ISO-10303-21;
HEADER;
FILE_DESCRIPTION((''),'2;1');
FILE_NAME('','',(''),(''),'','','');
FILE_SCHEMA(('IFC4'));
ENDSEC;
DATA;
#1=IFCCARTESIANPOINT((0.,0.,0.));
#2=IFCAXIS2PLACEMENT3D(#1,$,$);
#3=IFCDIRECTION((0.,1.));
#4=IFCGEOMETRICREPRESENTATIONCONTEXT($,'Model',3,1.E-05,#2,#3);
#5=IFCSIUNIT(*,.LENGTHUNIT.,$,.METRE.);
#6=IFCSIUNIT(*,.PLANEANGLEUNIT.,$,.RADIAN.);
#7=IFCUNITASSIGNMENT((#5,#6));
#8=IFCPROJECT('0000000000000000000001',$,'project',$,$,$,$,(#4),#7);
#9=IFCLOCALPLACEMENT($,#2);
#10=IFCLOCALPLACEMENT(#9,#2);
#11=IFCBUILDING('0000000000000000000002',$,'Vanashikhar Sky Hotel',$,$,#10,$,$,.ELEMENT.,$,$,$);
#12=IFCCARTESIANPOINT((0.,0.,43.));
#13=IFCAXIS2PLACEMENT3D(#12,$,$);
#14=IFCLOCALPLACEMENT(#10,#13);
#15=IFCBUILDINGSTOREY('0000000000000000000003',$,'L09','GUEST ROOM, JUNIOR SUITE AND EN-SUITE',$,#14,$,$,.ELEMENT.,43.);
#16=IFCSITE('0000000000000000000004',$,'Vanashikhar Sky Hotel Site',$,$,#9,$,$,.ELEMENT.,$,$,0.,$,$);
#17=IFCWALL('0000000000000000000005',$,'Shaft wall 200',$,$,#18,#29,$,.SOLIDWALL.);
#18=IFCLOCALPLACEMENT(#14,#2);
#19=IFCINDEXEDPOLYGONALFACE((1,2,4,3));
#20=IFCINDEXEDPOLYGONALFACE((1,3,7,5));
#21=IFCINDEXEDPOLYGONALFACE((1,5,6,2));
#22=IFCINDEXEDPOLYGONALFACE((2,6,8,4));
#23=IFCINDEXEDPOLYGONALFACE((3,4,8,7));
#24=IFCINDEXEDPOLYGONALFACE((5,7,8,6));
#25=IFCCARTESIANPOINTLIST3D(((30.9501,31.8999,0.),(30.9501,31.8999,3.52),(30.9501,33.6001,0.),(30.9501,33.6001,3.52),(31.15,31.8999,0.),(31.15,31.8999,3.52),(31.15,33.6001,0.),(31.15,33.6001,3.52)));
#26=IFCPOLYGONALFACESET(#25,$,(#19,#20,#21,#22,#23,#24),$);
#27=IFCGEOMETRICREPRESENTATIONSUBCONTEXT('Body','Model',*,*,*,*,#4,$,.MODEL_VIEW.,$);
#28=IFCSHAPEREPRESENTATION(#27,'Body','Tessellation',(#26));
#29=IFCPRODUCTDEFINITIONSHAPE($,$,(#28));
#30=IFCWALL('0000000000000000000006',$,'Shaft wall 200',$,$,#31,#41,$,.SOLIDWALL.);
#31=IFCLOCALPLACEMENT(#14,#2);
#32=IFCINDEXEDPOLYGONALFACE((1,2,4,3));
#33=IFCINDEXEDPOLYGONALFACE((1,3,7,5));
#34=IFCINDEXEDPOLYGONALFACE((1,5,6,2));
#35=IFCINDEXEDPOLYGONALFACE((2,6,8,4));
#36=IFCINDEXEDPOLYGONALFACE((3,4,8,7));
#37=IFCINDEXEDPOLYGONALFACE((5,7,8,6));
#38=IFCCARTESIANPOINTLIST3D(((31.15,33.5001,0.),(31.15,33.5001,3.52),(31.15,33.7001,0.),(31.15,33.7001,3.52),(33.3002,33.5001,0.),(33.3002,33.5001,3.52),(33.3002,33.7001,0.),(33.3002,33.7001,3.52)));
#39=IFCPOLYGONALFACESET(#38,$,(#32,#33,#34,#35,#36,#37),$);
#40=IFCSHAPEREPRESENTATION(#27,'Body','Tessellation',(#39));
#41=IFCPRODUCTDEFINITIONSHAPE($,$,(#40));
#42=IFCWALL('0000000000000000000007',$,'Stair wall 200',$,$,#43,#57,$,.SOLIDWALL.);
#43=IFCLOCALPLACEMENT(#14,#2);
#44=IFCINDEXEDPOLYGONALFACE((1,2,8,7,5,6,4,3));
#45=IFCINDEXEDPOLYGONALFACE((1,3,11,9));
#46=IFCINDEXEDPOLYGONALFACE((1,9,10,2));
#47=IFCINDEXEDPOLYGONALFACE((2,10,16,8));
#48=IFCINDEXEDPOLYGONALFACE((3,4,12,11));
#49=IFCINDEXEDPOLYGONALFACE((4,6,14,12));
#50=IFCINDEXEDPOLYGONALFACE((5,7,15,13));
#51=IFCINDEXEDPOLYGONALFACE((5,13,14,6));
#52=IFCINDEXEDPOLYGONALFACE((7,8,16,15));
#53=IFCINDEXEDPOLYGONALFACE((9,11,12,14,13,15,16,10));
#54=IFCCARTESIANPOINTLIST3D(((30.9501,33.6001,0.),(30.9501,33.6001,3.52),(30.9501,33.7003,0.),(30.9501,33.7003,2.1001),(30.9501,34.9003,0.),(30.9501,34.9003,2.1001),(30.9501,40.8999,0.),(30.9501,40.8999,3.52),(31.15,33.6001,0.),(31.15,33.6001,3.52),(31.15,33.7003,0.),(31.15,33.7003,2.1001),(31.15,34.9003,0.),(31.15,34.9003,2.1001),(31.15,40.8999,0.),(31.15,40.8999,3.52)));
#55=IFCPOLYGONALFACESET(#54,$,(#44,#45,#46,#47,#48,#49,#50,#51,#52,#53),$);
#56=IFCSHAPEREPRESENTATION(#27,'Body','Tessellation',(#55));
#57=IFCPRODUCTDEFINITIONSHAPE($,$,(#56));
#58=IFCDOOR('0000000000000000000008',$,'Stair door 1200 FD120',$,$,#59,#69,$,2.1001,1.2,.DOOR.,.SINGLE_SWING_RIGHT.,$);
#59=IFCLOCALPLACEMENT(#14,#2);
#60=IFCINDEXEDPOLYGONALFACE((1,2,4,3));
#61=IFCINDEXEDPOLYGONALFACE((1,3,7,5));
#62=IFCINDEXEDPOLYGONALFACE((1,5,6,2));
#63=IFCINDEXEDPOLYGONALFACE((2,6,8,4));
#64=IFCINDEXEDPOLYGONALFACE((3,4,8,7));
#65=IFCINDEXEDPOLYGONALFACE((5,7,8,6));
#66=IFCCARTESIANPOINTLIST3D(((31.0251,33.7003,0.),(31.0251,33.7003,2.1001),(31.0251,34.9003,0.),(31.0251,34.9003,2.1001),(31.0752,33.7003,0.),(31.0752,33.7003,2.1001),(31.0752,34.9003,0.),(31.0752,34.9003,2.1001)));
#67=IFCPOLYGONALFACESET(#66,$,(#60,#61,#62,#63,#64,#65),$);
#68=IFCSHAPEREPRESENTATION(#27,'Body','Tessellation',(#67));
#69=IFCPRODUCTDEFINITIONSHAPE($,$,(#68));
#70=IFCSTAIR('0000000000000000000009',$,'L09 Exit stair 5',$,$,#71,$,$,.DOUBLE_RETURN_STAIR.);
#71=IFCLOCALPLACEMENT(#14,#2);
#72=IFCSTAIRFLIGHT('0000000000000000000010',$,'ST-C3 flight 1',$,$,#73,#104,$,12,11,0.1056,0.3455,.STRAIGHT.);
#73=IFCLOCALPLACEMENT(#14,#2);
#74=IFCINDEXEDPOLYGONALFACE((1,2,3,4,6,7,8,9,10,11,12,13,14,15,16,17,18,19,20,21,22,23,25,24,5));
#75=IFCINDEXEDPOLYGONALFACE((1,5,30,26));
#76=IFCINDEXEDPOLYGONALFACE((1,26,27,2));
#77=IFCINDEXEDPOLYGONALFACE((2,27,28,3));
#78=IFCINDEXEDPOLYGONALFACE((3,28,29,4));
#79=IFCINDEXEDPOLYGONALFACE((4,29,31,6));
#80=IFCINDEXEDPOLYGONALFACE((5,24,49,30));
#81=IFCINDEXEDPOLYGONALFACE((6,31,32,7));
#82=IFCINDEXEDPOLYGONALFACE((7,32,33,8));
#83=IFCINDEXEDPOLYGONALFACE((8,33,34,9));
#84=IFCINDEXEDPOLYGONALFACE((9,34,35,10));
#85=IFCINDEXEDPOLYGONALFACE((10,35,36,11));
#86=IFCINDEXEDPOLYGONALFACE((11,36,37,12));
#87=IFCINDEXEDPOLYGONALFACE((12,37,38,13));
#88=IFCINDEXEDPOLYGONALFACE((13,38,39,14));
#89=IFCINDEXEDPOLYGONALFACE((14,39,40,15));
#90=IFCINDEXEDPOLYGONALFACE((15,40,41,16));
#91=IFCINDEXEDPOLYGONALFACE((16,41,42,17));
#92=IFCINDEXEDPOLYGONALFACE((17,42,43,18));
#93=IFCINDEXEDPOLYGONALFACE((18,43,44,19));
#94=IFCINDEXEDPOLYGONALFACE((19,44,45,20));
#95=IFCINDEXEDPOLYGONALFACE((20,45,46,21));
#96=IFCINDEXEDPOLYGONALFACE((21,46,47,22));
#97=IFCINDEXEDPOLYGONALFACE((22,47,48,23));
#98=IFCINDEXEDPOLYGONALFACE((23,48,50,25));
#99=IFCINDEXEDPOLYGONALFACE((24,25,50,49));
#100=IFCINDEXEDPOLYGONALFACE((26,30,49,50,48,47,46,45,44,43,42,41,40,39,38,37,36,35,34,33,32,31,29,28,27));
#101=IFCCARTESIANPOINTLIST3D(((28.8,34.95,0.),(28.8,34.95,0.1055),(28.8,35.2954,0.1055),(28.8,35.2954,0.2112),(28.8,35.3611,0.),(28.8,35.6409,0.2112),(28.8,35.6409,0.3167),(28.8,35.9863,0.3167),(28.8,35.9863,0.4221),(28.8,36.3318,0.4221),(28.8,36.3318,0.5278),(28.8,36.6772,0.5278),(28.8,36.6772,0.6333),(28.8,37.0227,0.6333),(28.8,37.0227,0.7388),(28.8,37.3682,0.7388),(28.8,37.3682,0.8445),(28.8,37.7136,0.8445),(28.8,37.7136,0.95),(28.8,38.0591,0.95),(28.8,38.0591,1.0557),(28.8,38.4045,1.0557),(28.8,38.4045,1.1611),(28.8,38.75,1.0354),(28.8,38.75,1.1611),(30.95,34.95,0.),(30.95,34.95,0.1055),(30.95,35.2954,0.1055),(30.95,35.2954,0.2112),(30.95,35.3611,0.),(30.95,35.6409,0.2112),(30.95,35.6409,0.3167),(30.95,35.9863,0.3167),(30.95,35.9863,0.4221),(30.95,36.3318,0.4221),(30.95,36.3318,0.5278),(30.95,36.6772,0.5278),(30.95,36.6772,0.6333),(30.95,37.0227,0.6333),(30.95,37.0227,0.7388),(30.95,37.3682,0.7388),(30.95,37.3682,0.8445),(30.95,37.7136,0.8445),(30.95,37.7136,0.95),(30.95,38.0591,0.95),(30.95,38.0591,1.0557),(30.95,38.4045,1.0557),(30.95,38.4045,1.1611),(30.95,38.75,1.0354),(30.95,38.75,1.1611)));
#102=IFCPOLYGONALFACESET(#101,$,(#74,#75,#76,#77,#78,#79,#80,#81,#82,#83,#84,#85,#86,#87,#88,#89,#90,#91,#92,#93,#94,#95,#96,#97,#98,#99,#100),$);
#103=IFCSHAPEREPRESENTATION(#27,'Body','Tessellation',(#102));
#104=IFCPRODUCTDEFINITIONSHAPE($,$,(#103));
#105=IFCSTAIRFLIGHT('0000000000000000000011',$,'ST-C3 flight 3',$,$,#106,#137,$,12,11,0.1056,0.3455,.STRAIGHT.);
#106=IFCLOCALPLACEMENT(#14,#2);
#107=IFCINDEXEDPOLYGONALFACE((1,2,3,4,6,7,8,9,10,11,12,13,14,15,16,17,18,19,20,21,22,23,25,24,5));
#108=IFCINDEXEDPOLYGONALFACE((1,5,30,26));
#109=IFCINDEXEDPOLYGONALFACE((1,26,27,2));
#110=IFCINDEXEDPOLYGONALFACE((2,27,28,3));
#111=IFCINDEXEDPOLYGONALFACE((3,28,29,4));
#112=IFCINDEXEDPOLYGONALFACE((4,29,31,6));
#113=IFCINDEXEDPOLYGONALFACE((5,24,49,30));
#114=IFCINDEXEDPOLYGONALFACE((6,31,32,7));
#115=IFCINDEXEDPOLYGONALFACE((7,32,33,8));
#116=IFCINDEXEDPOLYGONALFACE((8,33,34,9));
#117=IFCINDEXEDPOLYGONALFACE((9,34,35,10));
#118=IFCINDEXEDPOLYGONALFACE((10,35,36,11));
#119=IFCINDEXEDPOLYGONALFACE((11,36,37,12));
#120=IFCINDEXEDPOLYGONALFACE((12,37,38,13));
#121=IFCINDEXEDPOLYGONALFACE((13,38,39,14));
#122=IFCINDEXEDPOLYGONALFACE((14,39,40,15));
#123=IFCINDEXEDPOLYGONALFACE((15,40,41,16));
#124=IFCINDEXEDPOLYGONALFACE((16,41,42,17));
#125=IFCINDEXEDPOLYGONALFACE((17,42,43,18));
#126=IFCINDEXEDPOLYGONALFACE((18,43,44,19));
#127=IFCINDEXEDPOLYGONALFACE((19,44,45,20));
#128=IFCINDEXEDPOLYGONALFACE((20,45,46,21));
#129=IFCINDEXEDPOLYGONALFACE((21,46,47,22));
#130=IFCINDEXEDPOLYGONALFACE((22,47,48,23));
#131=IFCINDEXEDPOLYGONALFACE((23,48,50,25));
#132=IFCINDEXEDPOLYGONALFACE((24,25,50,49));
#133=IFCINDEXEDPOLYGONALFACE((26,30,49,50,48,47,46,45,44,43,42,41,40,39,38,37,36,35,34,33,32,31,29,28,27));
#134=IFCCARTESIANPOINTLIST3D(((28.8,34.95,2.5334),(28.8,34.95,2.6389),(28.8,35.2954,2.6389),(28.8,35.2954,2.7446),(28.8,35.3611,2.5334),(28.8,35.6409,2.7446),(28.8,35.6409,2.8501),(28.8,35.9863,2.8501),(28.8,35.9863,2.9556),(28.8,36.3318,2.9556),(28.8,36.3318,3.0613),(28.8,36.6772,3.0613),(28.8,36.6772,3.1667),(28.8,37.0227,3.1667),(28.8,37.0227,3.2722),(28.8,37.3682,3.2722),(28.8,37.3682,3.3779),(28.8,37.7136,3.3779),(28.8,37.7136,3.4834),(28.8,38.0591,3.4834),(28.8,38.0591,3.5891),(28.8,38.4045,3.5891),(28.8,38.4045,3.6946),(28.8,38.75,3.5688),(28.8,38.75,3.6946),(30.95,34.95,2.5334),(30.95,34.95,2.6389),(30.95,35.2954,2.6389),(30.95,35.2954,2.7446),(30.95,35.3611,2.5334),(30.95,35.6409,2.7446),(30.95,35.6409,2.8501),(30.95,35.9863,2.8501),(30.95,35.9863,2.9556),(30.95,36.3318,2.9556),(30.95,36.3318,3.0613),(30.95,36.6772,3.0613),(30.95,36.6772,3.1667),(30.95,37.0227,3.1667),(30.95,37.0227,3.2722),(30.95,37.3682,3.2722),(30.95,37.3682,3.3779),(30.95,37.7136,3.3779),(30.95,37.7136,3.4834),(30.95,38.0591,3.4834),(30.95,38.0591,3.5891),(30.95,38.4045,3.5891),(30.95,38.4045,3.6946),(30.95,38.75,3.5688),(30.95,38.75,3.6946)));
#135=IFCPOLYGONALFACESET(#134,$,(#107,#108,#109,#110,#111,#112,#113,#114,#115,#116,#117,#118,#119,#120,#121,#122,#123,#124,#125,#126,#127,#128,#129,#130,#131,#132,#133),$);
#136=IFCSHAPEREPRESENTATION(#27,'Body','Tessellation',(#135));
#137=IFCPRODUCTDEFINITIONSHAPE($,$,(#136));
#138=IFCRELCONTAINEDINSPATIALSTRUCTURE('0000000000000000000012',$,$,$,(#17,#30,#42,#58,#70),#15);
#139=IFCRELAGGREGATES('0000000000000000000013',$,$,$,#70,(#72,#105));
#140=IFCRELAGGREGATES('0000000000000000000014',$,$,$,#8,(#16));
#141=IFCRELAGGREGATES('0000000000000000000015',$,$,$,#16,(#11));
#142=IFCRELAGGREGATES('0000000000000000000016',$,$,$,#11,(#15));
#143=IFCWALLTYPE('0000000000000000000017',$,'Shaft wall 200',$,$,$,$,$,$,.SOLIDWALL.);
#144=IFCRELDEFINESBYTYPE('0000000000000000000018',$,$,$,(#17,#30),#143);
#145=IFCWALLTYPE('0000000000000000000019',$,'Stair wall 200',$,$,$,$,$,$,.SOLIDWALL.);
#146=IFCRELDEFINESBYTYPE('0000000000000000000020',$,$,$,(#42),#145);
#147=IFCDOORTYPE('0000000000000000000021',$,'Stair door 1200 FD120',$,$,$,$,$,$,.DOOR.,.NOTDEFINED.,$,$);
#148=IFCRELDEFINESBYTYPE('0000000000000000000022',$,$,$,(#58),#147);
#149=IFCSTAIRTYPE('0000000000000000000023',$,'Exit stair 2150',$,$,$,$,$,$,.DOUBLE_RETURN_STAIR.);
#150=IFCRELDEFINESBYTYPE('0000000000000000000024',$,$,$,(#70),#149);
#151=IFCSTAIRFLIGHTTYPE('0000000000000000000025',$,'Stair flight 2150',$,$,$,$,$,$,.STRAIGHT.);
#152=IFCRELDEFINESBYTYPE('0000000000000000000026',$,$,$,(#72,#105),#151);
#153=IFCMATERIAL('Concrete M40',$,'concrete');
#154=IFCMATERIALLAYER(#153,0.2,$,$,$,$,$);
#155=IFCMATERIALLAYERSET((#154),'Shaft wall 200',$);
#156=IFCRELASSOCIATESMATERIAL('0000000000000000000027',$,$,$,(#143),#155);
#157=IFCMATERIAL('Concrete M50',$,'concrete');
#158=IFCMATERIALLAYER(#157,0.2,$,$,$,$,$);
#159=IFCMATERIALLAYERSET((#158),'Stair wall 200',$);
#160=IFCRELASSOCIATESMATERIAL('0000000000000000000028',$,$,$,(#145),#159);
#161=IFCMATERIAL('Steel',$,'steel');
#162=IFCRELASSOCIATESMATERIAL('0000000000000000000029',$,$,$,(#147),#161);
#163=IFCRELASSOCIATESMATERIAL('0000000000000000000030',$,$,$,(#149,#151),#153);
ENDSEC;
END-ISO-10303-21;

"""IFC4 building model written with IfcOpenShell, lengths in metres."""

from ifc_helpers import new_model, si_unit, direction, frame, frame_2d, origin, place, context, subcontext, project, spatial, polyline, rectangle, outline, extrude, source, transform, mapped, material, layer, layer_set, type_object, element, fill, aggregate, save


model = new_model("IFC4")

# Units and contexts
model_context = context("Model", 3, precision=1e-05, world=origin(), true_north=direction((0.0, 1.0)))
body_context = subcontext(model_context, "Body", "Model", "MODEL_VIEW")
ifc_project = project(units=[si_unit("LENGTHUNIT", "METRE"), si_unit("PLANEANGLEUNIT", "RADIAN")], contexts=[model_context])

# Site, building, storey
site_placement = place(None, origin())
site = spatial("IfcSite", under=ifc_project, at=site_placement, Name="Vanashikhar Sky Hotel Site", CompositionType="ELEMENT", RefElevation=0.0)
building_placement = place(site_placement, origin())
building = spatial("IfcBuilding", under=site, at=building_placement, Name="Vanashikhar Sky Hotel", CompositionType="ELEMENT")
storey_placement = place(building_placement, frame((0.0, 0.0, 43.0)))
storey = spatial("IfcBuildingStorey", under=building, at=storey_placement, Name="L09", Description="GUEST ROOM, JUNIOR SUITE AND EN-SUITE", CompositionType="ELEMENT", Elevation=43.0)

# Shared definitions
ifc_material_1 = material(Name="Steel", Category="steel")

# Walls
ifc_material_2 = material(Name="Concrete M40", Category="concrete")
ifc_layer_1 = layer(ifc_material_2, 0.2)
ifc_layer_set_1 = layer_set([ifc_layer_1], Name="Shaft wall 200")
wall_type_1 = type_object("IfcWallType", Name="Shaft wall 200", PredefinedType="SOLIDWALL", material=ifc_layer_set_1)
shared_shape_1 = source(origin(), body_context, "Body", "SweptSolid", [
    extrude(rectangle(XDim=1.7002, YDim=0.2, at=frame_2d((0.8501, 0.0))), origin(), (0.0, 0.0, 1.0), 3.52),
])
wall_1_placement = place(storey_placement, frame((31.05, 31.8999, 0.0), z_axis=(0.0, 0.0, 1.0), x_axis=(0.0, 1.0, 0.0)))
element("IfcWall", 1, at=wall_1_placement, inside=storey, type_object=wall_type_1, Name="Shaft wall 200", PredefinedType="SOLIDWALL", context=body_context, shape_type="MappedRepresentation", body=[
    mapped(shared_shape_1, transform((0.0, 0.0, 0.0), scale=1.0)),
])
shared_shape_2 = source(origin(), body_context, "Body", "SweptSolid", [
    extrude(rectangle(XDim=2.1501, YDim=0.2, at=frame_2d((1.0752, 0.0))), origin(), (0.0, 0.0, 1.0), 3.52),
])
wall_2_placement = place(storey_placement, frame((31.1499, 33.6001, 0.0), z_axis=(0.0, 0.0, 1.0), x_axis=(1.0, 0.0, 0.0)))
element("IfcWall", 2, at=wall_2_placement, inside=storey, type_object=wall_type_1, Name="Shaft wall 200", PredefinedType="SOLIDWALL", context=body_context, shape_type="MappedRepresentation", body=[
    mapped(shared_shape_2, transform((0.0, 0.0, 0.0), scale=1.0)),
])

# Wall, opening, door
ifc_material_3 = material(Name="Concrete M50", Category="concrete")
ifc_layer_2 = layer(ifc_material_3, 0.2)
ifc_layer_set_2 = layer_set([ifc_layer_2], Name="Stair wall 200")
wall_type_2 = type_object("IfcWallType", Name="Stair wall 200", PredefinedType="SOLIDWALL", material=ifc_layer_set_2)
shared_shape_3 = source(origin(), body_context, "Body", "SweptSolid", [
    extrude(rectangle(XDim=7.2998, YDim=0.2, at=frame_2d((3.6499, 0.0))), origin(), (0.0, 0.0, 1.0), 3.52),
])
wall_3_placement = place(storey_placement, frame((31.05, 33.6001, 0.0), z_axis=(0.0, 0.0, 1.0), x_axis=(0.0, 1.0, 0.0)))
wall_3 = element("IfcWall", 3, at=wall_3_placement, inside=storey, type_object=wall_type_2, Name="Stair wall 200", PredefinedType="SOLIDWALL", context=body_context, shape_type="MappedRepresentation", body=[
    mapped(shared_shape_3, transform((0.0, 0.0, 0.0), scale=1.0)),
])
shared_shape_4 = source(origin(), body_context, "Body", "SweptSolid", [
    extrude(rectangle(XDim=1.2, YDim=2.1001, at=frame_2d((0.6001, 1.05))), frame((0.0, 0.1099, 0.0), z_axis=(0.0, -1.0, 0.0), x_axis=(1.0, 0.0, 0.0)), (0.0, 0.0, 1.0), 0.22),
])
opening_1_placement = place(wall_3_placement, frame((0.1001, 0.0, 0.0)))
opening_1 = element("IfcOpeningElement", 4, at=opening_1_placement, cuts=wall_3, PredefinedType="OPENING", context=body_context, shape_type="MappedRepresentation", body=[
    mapped(shared_shape_4, transform((0.0, 0.0, 0.0), scale=1.0)),
])
door_type_1 = type_object("IfcDoorType", Name="Stair door 1200 FD120", OperationType="NOTDEFINED", PredefinedType="DOOR", material=ifc_material_1)
shared_shape_5 = source(origin(), body_context, "Body", "SweptSolid", [
    extrude(rectangle(XDim=1.2, YDim=2.1001, at=frame_2d((0.6001, 1.05))), frame((0.0, 0.0249, 0.0), z_axis=(0.0, -1.0, 0.0), x_axis=(1.0, 0.0, 0.0)), (0.0, 0.0, 1.0), 0.05),
])
door_1_placement = place(opening_1_placement, origin())
door_1 = element("IfcDoor", 5, at=door_1_placement, inside=storey, type_object=door_type_1, Name="Stair door 1200 FD120", OperationType="SINGLE_SWING_RIGHT", OverallHeight=2.1001, OverallWidth=1.2, PredefinedType="DOOR", context=body_context, shape_type="MappedRepresentation", body=[
    mapped(shared_shape_5, transform((0.0, 0.0, 0.0), scale=1.0)),
])
fill(opening_1, door_1)

# Stair, stair flights
stair_type = type_object("IfcStairType", Name="Exit stair 2150", PredefinedType="DOUBLE_RETURN_STAIR", material=ifc_material_2)
stair_placement = place(storey_placement, origin())
stair = element("IfcStair", 6, at=stair_placement, inside=storey, type_object=stair_type, Name="L09 Exit stair 5", PredefinedType="DOUBLE_RETURN_STAIR")
stair_flight_type = type_object("IfcStairFlightType", Name="Stair flight 2150", PredefinedType="STRAIGHT", material=ifc_material_2)
shared_shape_6 = source(origin(), body_context, "Body", "SweptSolid", [
    extrude(outline(polyline([(0.0, 0.0), (0.0, 0.1055), (0.3455, 0.1055), (0.3455, 0.2112), (0.6909, 0.2112), (0.6909, 0.3167), (1.0364, 0.3167), (1.0364, 0.4221), (1.3818, 0.4221), (1.3818, 0.5278), (1.7273, 0.5278), (1.7273, 0.6333), (2.0728, 0.6333), (2.0728, 0.7388), (2.4182, 0.7388), (2.4182, 0.8445), (2.7637, 0.8445), (2.7637, 0.95), (3.1091, 0.95), (3.1091, 1.0557), (3.4546, 1.0557), (3.4546, 1.1611), (3.8, 1.1611), (3.8, 1.2666), (3.8, 1.0354), (0.4111, 0.0), (0.0, 0.0)])), frame((0.0, 1.075, 0.0), z_axis=(0.0, -1.0, 0.0), x_axis=(1.0, 0.0, 0.0)), (0.0, 0.0, 1.0), 2.1499),
])
stair_flight_1_placement = place(storey_placement, frame((29.875, 34.95, 0.0), z_axis=(0.0, 0.0, 1.0), x_axis=(0.0, 1.0, 0.0)))
stair_flight_1 = element("IfcStairFlight", 7, at=stair_flight_1_placement, type_object=stair_flight_type, Name="ST-C3 flight 1", NumberOfRisers=12, NumberOfTreads=11, PredefinedType="STRAIGHT", RiserHeight=0.1056, TreadLength=0.3455, context=body_context, shape_type="MappedRepresentation", body=[
    mapped(shared_shape_6, transform((0.0, 0.0, 0.0), scale=1.0)),
])
stair_flight_2_placement = place(storey_placement, frame((29.875, 34.95, 2.5334), z_axis=(0.0, 0.0, 1.0), x_axis=(0.0, 1.0, 0.0)))
stair_flight_2 = element("IfcStairFlight", 8, at=stair_flight_2_placement, type_object=stair_flight_type, Name="ST-C3 flight 3", NumberOfRisers=12, NumberOfTreads=11, PredefinedType="STRAIGHT", RiserHeight=0.1056, TreadLength=0.3455, context=body_context, shape_type="MappedRepresentation", body=[
    mapped(shared_shape_6, transform((0.0, 0.0, 0.0), scale=1.0)),
])
aggregate(stair, [stair_flight_1, stair_flight_2])

save(model, "model.ifc")
